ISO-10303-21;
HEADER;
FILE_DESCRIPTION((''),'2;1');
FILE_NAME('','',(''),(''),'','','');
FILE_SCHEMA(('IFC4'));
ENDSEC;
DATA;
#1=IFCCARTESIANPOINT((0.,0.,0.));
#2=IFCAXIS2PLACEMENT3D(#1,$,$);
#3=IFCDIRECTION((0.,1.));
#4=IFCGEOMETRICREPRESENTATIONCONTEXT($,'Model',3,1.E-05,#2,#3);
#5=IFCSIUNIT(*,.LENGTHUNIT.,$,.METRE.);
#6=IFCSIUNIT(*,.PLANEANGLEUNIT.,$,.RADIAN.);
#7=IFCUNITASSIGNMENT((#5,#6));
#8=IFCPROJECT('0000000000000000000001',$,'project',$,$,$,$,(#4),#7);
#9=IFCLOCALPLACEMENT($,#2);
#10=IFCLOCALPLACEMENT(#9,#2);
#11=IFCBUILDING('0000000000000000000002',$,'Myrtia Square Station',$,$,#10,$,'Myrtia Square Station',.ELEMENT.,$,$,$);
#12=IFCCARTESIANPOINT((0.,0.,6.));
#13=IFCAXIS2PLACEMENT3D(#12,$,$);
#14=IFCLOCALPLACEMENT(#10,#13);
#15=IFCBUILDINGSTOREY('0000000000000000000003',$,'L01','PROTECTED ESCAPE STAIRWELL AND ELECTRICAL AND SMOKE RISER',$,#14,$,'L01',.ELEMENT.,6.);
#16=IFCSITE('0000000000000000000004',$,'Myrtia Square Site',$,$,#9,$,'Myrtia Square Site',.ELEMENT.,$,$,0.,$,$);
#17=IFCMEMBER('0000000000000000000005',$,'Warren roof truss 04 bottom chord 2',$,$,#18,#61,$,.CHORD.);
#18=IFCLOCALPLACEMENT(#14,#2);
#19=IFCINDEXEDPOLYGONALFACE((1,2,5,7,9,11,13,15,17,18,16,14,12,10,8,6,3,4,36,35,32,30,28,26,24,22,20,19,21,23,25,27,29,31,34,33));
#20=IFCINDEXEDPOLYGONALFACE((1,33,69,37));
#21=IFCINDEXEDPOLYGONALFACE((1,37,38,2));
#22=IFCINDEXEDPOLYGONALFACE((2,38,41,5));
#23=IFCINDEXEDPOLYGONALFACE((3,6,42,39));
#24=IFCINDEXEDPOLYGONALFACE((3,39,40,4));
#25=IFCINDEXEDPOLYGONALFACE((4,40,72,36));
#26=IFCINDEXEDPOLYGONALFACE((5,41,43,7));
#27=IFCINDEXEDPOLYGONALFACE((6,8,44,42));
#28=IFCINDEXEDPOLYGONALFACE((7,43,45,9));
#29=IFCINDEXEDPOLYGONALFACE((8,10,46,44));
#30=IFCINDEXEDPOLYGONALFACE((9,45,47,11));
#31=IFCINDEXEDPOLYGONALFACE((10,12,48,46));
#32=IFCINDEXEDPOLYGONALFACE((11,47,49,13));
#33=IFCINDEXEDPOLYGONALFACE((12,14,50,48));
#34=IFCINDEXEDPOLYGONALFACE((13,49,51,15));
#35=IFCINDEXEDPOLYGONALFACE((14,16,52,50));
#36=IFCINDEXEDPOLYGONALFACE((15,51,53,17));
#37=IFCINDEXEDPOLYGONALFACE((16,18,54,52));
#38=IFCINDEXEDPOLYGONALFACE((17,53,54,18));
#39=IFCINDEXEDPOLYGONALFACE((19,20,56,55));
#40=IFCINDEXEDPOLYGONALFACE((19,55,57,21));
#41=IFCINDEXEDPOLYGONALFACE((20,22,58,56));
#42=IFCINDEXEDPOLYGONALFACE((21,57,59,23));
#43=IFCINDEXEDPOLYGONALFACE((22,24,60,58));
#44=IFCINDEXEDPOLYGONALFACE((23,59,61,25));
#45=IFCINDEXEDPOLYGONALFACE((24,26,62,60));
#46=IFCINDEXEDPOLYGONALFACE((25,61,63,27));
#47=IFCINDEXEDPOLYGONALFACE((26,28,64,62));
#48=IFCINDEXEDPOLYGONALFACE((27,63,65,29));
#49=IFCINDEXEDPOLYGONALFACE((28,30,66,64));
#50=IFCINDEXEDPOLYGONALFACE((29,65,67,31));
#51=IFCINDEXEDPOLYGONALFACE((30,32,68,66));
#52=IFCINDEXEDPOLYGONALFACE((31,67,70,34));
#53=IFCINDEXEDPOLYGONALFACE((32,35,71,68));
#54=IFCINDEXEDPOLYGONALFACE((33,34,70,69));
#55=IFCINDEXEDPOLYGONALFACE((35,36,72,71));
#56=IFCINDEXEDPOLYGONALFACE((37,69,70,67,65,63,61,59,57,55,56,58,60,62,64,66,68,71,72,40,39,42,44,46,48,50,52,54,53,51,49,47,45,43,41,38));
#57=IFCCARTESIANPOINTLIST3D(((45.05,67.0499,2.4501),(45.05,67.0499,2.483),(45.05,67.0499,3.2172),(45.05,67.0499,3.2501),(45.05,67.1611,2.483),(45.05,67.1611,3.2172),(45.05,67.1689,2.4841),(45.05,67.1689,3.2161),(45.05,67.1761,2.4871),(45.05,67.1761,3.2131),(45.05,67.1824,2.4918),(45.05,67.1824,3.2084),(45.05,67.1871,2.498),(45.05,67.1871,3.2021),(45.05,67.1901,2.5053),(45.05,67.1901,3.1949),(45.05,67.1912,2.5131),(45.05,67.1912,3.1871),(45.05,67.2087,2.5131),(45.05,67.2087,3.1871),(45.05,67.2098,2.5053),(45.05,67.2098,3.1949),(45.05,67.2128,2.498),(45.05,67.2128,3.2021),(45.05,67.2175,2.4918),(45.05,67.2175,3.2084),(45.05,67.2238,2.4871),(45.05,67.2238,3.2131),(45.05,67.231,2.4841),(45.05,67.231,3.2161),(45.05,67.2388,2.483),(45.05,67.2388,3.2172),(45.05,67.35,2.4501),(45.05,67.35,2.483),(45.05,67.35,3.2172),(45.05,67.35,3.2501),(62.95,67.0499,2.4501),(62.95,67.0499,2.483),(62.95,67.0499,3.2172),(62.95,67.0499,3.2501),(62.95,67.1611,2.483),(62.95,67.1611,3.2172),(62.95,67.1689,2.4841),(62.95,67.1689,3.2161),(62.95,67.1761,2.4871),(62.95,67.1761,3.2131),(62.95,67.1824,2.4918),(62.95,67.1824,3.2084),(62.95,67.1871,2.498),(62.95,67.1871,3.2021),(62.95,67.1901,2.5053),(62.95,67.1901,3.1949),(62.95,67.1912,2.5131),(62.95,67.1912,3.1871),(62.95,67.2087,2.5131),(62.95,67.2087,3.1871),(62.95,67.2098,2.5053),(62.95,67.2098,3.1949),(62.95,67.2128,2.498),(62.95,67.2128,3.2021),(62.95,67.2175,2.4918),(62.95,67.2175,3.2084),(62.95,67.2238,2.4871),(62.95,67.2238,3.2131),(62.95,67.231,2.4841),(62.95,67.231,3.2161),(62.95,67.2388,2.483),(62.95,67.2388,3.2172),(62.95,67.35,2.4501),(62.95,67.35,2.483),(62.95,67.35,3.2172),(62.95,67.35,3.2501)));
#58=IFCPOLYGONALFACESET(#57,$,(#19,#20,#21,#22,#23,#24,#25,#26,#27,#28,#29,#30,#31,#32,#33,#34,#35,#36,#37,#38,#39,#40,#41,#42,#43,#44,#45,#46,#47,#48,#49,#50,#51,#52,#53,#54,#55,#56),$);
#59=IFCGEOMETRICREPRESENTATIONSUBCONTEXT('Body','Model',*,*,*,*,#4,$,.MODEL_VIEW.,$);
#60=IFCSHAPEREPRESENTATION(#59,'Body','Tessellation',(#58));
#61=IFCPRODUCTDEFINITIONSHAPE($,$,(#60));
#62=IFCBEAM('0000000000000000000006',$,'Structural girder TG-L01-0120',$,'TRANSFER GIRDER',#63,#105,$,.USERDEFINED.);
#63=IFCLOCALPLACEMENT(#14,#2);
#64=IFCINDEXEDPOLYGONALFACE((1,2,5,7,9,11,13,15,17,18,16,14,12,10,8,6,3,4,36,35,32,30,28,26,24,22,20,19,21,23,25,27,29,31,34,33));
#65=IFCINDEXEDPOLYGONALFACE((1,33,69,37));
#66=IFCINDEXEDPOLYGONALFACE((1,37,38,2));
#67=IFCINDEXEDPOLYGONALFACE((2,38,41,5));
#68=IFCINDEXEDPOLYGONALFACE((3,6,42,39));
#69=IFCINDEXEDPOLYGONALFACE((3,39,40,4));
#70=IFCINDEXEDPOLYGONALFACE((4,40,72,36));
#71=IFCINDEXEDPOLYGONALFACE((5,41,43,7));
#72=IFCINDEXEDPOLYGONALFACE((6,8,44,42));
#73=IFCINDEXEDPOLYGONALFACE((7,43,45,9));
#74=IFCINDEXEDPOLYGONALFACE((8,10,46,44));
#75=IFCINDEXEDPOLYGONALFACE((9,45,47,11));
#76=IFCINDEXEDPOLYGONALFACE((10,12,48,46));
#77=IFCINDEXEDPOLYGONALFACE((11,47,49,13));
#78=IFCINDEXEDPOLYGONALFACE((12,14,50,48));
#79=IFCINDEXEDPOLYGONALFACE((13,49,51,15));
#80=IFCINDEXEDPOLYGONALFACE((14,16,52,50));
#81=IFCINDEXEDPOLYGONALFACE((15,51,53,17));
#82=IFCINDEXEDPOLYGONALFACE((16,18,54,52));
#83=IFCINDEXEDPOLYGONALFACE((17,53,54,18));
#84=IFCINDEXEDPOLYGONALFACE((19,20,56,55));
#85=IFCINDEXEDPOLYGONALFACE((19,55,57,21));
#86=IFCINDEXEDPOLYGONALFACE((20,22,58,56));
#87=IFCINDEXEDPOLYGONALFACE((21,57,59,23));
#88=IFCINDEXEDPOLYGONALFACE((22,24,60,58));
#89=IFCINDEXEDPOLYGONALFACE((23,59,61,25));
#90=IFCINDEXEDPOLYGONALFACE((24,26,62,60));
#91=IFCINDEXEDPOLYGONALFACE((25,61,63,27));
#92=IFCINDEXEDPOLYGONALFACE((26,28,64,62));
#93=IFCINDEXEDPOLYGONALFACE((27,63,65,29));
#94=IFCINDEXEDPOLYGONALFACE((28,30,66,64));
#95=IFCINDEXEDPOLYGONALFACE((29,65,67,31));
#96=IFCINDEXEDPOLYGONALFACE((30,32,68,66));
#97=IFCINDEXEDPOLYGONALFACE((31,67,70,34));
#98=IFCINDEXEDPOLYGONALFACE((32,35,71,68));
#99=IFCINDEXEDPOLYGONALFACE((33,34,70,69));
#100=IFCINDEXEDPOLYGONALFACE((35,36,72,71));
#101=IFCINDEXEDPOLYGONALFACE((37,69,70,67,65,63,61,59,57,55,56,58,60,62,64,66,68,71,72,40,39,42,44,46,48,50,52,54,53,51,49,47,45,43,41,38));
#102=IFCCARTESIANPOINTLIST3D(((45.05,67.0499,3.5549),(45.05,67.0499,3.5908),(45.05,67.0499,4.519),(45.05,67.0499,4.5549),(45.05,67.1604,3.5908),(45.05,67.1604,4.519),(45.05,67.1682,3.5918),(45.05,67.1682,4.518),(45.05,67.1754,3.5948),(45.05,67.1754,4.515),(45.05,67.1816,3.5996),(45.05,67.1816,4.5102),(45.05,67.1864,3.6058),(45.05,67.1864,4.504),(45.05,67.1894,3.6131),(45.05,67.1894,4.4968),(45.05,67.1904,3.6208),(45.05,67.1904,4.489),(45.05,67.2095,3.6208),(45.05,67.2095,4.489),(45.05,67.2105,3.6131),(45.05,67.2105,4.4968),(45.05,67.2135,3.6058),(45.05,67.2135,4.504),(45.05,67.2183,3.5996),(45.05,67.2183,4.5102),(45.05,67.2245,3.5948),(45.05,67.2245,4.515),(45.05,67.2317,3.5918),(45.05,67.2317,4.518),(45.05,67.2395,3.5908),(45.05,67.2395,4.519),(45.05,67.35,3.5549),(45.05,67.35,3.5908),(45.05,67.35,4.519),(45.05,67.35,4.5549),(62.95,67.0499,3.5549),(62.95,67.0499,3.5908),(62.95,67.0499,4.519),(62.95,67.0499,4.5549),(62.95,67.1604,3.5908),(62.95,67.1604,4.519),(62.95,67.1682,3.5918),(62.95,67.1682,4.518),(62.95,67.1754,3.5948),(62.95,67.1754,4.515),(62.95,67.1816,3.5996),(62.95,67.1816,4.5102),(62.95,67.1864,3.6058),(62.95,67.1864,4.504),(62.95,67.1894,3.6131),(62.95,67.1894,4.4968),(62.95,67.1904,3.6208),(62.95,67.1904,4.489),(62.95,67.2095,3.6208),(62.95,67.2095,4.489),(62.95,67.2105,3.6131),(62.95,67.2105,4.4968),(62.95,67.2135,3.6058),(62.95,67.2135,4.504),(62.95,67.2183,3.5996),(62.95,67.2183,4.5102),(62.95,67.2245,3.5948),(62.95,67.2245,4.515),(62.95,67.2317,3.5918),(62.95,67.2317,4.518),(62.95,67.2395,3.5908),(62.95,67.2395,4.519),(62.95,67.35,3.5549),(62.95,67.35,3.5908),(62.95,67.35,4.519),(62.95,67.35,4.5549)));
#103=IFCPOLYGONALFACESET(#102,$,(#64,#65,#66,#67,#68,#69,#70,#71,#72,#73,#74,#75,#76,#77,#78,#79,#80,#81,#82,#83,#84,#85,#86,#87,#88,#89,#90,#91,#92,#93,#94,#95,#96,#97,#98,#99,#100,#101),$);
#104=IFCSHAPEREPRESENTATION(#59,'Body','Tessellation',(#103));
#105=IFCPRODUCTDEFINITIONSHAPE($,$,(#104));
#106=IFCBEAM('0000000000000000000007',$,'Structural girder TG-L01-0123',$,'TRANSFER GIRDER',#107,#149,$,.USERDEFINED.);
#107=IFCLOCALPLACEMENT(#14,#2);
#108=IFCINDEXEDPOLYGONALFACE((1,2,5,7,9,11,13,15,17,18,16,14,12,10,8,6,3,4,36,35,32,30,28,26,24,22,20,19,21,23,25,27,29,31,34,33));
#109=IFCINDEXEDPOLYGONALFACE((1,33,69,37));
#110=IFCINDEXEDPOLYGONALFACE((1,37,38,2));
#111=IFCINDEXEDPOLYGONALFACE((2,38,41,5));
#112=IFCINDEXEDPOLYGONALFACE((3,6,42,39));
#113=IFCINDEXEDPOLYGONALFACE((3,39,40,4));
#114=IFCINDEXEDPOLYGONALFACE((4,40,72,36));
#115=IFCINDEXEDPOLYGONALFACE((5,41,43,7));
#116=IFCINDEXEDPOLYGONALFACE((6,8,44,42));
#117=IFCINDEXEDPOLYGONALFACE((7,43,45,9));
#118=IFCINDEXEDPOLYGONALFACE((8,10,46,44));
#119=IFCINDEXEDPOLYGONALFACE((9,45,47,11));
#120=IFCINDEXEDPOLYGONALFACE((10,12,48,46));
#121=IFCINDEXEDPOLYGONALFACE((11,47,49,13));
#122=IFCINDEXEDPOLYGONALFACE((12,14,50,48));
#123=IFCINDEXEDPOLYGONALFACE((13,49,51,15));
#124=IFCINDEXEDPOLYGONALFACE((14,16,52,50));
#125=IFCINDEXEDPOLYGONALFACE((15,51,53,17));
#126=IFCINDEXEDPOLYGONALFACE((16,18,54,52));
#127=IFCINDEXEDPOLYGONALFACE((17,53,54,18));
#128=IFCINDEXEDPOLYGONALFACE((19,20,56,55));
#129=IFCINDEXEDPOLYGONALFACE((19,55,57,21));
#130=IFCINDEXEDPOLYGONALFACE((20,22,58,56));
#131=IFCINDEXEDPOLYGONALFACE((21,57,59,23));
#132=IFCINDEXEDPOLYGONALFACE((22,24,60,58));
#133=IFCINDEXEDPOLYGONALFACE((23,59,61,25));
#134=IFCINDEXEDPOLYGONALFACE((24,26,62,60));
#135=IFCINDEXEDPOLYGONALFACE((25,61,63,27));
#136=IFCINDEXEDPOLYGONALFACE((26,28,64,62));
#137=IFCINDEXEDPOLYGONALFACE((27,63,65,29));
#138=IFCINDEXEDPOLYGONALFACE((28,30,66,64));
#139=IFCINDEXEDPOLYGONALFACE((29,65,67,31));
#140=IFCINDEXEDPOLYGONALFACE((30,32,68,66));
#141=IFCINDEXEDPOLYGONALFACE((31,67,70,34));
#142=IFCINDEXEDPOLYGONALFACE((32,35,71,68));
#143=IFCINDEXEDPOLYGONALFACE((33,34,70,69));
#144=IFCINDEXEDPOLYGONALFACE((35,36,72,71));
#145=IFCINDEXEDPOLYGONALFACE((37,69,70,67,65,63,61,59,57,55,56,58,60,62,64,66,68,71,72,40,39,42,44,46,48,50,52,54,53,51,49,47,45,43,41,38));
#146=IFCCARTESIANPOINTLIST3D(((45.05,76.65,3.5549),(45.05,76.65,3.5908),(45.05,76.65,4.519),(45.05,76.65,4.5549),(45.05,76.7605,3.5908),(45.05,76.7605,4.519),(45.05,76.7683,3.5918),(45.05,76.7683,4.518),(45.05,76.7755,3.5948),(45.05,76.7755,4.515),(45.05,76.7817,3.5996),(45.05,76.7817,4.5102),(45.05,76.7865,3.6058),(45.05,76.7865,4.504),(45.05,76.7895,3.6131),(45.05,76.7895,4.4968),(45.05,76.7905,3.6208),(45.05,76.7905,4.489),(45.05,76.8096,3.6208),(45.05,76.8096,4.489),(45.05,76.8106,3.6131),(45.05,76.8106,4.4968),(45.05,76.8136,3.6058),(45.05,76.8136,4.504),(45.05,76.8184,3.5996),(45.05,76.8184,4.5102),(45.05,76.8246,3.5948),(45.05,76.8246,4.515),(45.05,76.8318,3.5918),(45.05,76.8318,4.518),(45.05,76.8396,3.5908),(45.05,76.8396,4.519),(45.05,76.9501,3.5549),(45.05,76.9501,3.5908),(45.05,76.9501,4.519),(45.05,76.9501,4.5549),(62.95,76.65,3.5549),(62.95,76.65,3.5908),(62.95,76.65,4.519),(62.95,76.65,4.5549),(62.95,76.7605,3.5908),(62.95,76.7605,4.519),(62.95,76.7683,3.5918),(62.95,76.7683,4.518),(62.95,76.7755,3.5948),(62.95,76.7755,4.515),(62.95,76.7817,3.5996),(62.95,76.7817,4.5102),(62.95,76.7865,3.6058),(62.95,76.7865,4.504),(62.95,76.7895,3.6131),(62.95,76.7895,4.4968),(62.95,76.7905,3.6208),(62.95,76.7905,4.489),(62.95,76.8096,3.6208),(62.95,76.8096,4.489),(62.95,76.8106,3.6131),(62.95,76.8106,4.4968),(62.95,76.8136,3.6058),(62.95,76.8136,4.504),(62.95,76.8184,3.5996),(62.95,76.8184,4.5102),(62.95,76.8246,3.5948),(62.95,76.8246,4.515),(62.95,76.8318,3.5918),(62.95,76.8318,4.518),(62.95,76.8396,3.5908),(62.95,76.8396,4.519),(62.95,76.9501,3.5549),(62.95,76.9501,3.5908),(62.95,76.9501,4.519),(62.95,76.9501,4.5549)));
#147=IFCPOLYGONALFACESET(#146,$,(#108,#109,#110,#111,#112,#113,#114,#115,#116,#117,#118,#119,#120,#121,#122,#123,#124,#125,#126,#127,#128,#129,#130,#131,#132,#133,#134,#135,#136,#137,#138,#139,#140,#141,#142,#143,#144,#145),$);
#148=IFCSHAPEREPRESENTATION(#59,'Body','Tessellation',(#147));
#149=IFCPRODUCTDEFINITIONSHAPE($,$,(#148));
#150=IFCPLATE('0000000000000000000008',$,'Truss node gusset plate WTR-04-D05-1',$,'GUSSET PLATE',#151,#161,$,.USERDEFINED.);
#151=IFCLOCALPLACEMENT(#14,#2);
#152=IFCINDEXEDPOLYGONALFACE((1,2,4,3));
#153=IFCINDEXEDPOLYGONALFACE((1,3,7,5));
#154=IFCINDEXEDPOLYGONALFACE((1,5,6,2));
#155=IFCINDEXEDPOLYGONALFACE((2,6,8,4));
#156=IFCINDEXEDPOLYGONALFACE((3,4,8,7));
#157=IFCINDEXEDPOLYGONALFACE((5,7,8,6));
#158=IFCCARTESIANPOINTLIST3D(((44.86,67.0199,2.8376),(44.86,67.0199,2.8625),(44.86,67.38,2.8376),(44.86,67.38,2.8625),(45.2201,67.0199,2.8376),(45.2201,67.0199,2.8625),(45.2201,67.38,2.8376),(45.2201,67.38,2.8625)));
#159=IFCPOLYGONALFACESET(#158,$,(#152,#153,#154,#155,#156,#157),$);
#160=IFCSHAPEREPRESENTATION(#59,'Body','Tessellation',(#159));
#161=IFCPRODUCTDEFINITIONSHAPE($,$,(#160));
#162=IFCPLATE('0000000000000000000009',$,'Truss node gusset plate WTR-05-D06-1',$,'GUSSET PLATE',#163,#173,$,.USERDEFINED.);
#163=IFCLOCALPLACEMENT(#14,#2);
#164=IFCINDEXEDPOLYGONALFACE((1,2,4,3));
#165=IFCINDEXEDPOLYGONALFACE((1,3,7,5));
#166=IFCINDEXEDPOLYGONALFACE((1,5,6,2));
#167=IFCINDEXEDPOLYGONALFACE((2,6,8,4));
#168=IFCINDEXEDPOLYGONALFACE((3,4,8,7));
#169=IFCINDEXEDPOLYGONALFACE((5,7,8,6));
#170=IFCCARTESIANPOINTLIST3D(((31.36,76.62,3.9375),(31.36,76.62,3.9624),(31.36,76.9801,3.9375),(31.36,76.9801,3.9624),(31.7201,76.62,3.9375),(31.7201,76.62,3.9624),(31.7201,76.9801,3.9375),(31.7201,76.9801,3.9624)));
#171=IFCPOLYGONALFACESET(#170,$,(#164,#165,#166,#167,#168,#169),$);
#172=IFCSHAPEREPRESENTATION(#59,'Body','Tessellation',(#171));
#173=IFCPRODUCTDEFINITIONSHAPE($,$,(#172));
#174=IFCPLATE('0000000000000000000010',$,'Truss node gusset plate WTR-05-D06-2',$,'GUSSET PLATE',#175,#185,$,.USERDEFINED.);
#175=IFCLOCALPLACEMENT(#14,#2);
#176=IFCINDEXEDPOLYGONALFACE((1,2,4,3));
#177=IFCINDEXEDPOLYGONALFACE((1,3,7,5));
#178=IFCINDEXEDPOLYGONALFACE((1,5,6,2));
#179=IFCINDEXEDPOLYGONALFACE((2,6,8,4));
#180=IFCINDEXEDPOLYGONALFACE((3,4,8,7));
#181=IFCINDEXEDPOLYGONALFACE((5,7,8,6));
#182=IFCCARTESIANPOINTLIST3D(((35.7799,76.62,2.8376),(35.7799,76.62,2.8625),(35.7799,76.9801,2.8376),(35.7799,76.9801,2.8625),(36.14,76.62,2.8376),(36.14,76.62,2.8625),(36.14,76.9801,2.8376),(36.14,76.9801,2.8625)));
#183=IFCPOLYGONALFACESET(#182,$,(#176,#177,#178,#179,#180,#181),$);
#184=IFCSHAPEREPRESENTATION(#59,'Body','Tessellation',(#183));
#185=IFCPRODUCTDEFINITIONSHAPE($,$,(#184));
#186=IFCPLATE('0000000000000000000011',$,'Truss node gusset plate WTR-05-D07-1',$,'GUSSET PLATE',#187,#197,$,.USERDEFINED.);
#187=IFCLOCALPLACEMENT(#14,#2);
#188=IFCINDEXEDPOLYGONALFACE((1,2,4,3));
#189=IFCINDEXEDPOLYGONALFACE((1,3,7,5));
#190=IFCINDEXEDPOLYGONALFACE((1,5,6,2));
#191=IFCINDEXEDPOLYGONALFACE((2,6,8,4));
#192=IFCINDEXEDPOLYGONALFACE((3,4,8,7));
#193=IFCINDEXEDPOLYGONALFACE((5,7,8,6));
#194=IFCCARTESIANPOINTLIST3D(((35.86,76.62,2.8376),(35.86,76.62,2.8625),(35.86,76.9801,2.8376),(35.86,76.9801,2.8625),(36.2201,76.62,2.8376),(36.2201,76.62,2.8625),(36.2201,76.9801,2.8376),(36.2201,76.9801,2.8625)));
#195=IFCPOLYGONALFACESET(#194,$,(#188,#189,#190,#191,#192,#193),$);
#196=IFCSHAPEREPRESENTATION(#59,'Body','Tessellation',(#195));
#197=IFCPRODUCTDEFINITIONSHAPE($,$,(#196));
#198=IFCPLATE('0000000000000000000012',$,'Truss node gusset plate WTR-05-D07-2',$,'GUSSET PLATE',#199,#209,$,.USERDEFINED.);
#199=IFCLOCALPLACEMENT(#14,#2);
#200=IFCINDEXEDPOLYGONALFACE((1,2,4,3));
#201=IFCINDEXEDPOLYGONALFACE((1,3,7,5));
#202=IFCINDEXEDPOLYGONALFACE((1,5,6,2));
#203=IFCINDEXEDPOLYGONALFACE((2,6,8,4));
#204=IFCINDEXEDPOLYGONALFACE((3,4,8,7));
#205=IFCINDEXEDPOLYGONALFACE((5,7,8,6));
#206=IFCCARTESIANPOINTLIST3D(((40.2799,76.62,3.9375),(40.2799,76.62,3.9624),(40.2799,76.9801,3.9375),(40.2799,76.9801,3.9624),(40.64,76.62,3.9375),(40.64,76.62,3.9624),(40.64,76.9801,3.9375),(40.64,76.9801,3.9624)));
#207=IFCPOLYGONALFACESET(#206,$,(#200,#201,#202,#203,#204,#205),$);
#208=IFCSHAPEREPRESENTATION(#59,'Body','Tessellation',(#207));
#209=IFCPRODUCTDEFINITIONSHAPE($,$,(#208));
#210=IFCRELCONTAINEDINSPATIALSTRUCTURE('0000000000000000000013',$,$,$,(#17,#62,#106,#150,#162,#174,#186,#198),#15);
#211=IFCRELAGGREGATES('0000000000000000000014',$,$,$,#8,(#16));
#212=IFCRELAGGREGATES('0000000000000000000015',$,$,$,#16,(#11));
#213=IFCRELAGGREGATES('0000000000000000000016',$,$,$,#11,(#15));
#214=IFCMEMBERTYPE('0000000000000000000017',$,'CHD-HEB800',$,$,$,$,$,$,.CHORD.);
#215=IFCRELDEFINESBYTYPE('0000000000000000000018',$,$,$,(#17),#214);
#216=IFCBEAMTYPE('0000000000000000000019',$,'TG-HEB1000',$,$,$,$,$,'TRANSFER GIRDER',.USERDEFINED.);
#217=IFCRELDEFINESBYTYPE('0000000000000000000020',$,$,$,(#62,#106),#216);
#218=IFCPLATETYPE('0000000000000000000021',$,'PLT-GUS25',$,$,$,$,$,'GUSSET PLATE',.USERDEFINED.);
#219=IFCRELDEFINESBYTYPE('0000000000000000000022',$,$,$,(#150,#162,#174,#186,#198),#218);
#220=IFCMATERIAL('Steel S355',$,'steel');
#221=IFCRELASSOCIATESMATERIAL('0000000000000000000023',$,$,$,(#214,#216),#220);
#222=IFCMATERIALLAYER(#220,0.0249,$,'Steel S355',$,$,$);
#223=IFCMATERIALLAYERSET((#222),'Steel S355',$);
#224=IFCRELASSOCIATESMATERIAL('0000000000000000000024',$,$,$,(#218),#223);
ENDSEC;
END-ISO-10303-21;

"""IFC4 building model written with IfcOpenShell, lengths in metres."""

from ifc_helpers import new_model, si_unit, direction, frame, origin, origin_2d, place, context, subcontext, project, spatial, rectangle, i_section, extrude, material, layer, layer_set, material_profile, profile_set, type_object, element, save


model = new_model("IFC4")

# Units and contexts
model_context = context("Model", 3, precision=1e-05, world=origin(), true_north=direction((0.0, 1.0)))
body_context = subcontext(model_context, "Body", "Model", "MODEL_VIEW")
ifc_project = project(units=[si_unit("LENGTHUNIT", "METRE"), si_unit("PLANEANGLEUNIT", "RADIAN")], contexts=[model_context])

# Site, building, storey
site_placement = place(None, origin())
site = spatial("IfcSite", under=ifc_project, at=site_placement, Name="Myrtia Square Site", LongName="Myrtia Square Site", CompositionType="ELEMENT", RefElevation=0.0)
building_placement = place(site_placement, origin())
building = spatial("IfcBuilding", under=site, at=building_placement, Name="Myrtia Square Station", LongName="Myrtia Square Station", CompositionType="ELEMENT")
storey_placement = place(building_placement, frame((0.0, 0.0, 6.0)))
storey = spatial("IfcBuildingStorey", under=building, at=storey_placement, Name="L01", Description="PROTECTED ESCAPE STAIRWELL AND ELECTRICAL AND SMOKE RISER", LongName="L01", CompositionType="ELEMENT", Elevation=6.0)

# Shared definitions
ifc_material_1 = material(Name="Steel S355", Category="steel")

# Member
ifc_material_profile_1 = material_profile(ifc_material_1, i_section(OverallWidth=0.3, OverallDepth=0.8, WebThickness=0.0176, FlangeThickness=0.033, FilletRadius=0.03, at=origin_2d()), Name="HEB 800")
ifc_profile_set_1 = profile_set([ifc_material_profile_1], Name="Steel S355")
member_type_1 = type_object("IfcMemberType", Name="CHD-HEB800", PredefinedType="CHORD", material=ifc_profile_set_1)
member_1_placement = place(storey_placement, frame((45.05, 67.2, 2.8501), z_axis=(1.0, 0.0, 0.0), x_axis=(0.0, 1.0, 0.0)))
element("IfcMember", 1, at=member_1_placement, inside=storey, type_object=member_type_1, Name="Warren roof truss 04 bottom chord 2", PredefinedType="CHORD", context=body_context, shape_type="SweptSolid", body=[
    extrude(i_section(OverallWidth=0.3, OverallDepth=0.8, WebThickness=0.0176, FlangeThickness=0.033, FilletRadius=0.03, at=origin_2d()), origin(), (0.0, 0.0, 1.0), 17.8999),
])

# Beams
ifc_material_profile_2 = material_profile(ifc_material_1, i_section(OverallWidth=0.3, OverallDepth=1.0, WebThickness=0.019, FlangeThickness=0.0359, FilletRadius=0.03, at=origin_2d()), Name="HEB 1000")
ifc_profile_set_2 = profile_set([ifc_material_profile_2], Name="Steel S355")
beam_type_1 = type_object("IfcBeamType", Name="TG-HEB1000", ElementType="TRANSFER GIRDER", PredefinedType="USERDEFINED", material=ifc_profile_set_2)
for number, where, z_axis, x_axis, name in (
    (2, (45.05, 67.2, 4.0549), (1.0, 0.0, 0.0), (0.0, 1.0, 0.0), "Structural girder TG-L01-0120"),
    (3, (45.05, 76.8, 4.0549), (1.0, 0.0, 0.0), (0.0, 1.0, 0.0), "Structural girder TG-L01-0123"),
):
    element("IfcBeam", number, at=place(storey_placement, frame(where, z_axis=z_axis, x_axis=x_axis)), inside=storey, type_object=beam_type_1, Name=name, ObjectType="TRANSFER GIRDER", PredefinedType="USERDEFINED", context=body_context, shape_type="SweptSolid", body=[
        extrude(i_section(OverallWidth=0.3, OverallDepth=1.0, WebThickness=0.019, FlangeThickness=0.0359, FilletRadius=0.03, at=origin_2d()), origin(), (0.0, 0.0, 1.0), 17.8999),
    ])

# Plates
ifc_layer = layer(ifc_material_1, 0.0249, Name="Steel S355")
ifc_layer_set = layer_set([ifc_layer], Name="Steel S355")
plate_type = type_object("IfcPlateType", Name="PLT-GUS25", ElementType="GUSSET PLATE", PredefinedType="USERDEFINED", material=ifc_layer_set)
for number, where, z_axis, x_axis, name in (
    (4, (45.04, 67.2, 2.8376), (0.0, 0.0, 1.0), (1.0, 0.0, 0.0), "Truss node gusset plate WTR-04-D05-1"),
    (5, (31.54, 76.8, 3.9375), (0.0, 0.0, 1.0), (1.0, 0.0, 0.0), "Truss node gusset plate WTR-05-D06-1"),
    (6, (35.96, 76.8, 2.8376), (0.0, 0.0, 1.0), (1.0, 0.0, 0.0), "Truss node gusset plate WTR-05-D06-2"),
    (7, (36.04, 76.8, 2.8376), (0.0, 0.0, 1.0), (1.0, 0.0, 0.0), "Truss node gusset plate WTR-05-D07-1"),
    (8, (40.46, 76.8, 3.9375), (0.0, 0.0, 1.0), (1.0, 0.0, 0.0), "Truss node gusset plate WTR-05-D07-2"),
):
    element("IfcPlate", number, at=place(storey_placement, frame(where, z_axis=z_axis, x_axis=x_axis)), inside=storey, type_object=plate_type, Name=name, ObjectType="GUSSET PLATE", PredefinedType="USERDEFINED", context=body_context, shape_type="SweptSolid", body=[
        extrude(rectangle(XDim=0.3601, YDim=0.3601, at=origin_2d()), origin(), (0.0, 0.0, 1.0), 0.0249),
    ])

save(model, "model.ifc")
